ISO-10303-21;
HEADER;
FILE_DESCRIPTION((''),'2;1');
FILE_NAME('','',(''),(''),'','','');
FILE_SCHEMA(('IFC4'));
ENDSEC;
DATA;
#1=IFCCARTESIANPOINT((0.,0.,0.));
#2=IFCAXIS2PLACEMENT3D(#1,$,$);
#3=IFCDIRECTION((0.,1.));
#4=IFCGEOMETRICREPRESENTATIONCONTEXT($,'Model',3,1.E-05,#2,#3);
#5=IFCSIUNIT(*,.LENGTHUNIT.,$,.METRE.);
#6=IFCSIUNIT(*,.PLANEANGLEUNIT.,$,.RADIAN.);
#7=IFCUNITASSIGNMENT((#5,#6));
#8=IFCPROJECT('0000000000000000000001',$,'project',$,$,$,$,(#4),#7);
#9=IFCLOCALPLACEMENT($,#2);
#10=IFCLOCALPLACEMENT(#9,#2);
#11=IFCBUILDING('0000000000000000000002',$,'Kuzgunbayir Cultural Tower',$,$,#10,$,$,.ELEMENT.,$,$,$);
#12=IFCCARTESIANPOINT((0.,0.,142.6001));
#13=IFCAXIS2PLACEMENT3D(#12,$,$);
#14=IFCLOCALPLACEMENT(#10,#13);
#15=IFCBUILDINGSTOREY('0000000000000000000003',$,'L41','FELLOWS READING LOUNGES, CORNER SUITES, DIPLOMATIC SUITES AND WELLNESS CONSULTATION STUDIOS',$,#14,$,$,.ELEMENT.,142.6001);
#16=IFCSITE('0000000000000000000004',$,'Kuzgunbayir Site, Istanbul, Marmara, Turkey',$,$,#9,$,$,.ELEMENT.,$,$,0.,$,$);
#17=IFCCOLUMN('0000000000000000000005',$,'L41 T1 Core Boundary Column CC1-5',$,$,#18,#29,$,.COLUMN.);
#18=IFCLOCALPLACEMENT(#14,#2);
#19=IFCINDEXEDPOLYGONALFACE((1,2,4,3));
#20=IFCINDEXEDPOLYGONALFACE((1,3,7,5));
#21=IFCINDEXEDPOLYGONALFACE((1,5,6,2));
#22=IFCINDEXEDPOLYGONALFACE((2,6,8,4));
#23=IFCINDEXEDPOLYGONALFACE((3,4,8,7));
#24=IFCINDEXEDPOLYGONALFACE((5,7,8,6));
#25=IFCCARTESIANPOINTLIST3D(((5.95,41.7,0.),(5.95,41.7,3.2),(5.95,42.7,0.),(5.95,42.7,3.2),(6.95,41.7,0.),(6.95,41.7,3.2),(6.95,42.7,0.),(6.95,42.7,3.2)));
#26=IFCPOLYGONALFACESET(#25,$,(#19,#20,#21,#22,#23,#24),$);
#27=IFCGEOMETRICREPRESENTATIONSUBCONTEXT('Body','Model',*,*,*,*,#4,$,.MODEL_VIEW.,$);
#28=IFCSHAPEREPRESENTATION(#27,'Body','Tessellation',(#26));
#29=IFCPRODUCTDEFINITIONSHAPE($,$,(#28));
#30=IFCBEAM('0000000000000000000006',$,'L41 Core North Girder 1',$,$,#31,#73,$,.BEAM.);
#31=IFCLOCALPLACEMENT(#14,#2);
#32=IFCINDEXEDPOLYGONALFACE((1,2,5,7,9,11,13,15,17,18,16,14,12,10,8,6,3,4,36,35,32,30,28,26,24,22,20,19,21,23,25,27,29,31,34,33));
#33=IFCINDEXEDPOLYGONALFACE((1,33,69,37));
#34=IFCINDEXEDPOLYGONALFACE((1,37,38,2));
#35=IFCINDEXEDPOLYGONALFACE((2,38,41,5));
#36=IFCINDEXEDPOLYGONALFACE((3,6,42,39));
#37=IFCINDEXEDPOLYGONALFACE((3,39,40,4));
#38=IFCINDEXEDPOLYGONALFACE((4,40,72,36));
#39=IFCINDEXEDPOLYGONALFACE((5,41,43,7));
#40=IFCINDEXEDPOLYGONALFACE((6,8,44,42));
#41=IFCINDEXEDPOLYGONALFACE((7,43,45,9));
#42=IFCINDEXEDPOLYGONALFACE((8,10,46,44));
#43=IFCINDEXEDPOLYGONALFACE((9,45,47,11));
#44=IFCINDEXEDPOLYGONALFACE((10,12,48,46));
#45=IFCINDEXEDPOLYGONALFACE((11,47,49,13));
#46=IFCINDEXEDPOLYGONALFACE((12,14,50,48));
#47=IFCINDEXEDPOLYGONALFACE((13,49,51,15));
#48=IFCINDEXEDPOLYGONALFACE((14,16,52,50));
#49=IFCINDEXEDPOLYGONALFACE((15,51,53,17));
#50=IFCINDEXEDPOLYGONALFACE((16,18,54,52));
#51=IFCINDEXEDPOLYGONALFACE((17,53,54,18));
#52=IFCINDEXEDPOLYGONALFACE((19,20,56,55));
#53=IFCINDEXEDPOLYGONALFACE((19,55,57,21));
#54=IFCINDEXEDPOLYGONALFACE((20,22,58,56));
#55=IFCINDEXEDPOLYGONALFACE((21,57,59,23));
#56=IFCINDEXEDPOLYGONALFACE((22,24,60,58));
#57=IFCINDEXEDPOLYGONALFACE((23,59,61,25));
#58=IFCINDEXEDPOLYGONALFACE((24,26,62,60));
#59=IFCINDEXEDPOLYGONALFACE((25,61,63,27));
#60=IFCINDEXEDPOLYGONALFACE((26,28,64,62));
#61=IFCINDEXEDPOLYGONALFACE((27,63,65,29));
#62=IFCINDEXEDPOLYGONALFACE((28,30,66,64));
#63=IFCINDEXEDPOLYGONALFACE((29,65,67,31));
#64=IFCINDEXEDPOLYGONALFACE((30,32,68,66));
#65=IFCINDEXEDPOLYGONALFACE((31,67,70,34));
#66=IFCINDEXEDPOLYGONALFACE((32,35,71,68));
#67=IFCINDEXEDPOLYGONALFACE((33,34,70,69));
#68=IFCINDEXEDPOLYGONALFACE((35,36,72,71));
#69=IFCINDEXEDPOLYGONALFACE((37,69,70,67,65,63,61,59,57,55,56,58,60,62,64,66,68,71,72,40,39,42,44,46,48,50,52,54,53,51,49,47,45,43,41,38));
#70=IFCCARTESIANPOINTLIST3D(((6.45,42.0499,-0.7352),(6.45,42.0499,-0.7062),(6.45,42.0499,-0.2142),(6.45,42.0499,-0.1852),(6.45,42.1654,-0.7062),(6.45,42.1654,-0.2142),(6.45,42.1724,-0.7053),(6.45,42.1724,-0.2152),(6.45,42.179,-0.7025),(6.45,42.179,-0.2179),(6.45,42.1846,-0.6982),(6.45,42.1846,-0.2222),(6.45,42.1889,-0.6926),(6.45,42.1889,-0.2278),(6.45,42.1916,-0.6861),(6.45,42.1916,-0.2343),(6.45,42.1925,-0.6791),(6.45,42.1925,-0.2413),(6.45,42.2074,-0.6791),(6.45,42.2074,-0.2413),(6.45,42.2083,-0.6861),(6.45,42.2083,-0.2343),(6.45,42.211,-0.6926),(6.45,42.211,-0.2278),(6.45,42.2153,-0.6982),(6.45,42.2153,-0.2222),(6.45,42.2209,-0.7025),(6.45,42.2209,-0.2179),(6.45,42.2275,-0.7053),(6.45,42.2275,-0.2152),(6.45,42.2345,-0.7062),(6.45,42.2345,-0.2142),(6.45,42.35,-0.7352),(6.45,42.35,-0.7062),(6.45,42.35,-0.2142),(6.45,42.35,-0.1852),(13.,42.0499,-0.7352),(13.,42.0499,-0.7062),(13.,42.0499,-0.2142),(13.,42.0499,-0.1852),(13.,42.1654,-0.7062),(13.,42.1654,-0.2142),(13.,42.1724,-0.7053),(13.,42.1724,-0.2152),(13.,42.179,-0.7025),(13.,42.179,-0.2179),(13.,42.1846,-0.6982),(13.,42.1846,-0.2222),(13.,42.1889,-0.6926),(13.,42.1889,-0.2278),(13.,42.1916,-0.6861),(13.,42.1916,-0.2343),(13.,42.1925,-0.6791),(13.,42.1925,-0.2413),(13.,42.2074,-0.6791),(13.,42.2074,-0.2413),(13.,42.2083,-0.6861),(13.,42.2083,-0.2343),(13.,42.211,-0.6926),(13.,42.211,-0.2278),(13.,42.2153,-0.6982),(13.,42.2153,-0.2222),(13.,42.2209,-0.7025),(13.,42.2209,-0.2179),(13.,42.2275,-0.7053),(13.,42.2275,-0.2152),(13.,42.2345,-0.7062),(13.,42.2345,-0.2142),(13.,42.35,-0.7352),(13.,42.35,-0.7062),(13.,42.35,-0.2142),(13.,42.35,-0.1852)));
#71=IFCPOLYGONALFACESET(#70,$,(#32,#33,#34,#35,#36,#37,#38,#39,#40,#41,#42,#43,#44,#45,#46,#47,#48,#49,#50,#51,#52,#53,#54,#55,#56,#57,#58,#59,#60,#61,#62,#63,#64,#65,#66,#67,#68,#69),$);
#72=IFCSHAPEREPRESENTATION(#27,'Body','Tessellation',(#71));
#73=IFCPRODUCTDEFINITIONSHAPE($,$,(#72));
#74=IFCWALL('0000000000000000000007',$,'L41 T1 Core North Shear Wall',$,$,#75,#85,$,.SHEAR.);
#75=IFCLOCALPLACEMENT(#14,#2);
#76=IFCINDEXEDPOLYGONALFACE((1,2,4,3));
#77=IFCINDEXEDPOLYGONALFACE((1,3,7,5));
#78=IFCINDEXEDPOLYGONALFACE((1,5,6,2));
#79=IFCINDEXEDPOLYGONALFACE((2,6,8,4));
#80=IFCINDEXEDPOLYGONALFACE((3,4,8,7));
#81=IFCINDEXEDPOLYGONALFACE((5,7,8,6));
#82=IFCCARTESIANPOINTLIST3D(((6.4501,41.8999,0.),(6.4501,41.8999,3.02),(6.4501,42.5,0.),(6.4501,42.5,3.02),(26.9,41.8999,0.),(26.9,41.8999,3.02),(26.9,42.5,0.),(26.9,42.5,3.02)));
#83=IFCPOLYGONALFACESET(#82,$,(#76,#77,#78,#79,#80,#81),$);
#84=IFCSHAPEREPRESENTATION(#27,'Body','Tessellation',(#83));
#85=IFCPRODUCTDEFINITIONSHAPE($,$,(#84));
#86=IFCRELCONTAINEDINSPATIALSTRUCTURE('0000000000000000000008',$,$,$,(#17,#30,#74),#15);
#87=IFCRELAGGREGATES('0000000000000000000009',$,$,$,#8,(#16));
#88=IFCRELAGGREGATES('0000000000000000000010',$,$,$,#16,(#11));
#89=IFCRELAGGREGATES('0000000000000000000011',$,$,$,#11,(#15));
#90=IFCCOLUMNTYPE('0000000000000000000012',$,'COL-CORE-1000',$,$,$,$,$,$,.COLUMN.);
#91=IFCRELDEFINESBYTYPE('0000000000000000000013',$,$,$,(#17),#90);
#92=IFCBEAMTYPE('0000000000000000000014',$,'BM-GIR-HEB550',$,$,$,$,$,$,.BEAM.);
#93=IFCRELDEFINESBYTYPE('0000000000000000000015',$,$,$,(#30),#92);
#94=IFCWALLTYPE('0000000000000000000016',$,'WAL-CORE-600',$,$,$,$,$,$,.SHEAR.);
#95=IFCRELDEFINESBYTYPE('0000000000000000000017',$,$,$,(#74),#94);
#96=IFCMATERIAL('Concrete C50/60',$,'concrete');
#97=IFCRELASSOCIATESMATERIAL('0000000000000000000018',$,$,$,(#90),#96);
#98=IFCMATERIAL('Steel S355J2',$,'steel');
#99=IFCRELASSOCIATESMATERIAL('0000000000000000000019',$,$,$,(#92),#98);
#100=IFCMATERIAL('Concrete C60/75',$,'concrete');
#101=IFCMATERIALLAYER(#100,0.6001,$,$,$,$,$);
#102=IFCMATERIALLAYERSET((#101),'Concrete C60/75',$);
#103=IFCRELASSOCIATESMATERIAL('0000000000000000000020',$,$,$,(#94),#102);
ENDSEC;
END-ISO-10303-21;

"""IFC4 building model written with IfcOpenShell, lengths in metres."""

from ifc_helpers import new_model, si_unit, direction, frame, frame_2d, origin, origin_2d, place, context, subcontext, project, spatial, rectangle, i_section, extrude, material, layer, layer_set, material_profile, profile_set, type_object, element, save


model = new_model("IFC4")

# Units and contexts
model_context = context("Model", 3, precision=1e-05, world=origin(), true_north=direction((0.0, 1.0)))
body_context = subcontext(model_context, "Body", "Model", "MODEL_VIEW")
ifc_project = project(units=[si_unit("LENGTHUNIT", "METRE"), si_unit("PLANEANGLEUNIT", "RADIAN")], contexts=[model_context])

# Site, building, storey
site_placement = place(None, origin())
site = spatial("IfcSite", under=ifc_project, at=site_placement, Name="Kuzgunbayir Site, Istanbul, Marmara, Turkey", CompositionType="ELEMENT", RefElevation=0.0)
building_placement = place(site_placement, origin())
building = spatial("IfcBuilding", under=site, at=building_placement, Name="Kuzgunbayir Cultural Tower", CompositionType="ELEMENT")
storey_placement = place(building_placement, frame((0.0, 0.0, 142.6001)))
storey = spatial("IfcBuildingStorey", under=building, at=storey_placement, Name="L41", Description="FELLOWS READING LOUNGES, CORNER SUITES, DIPLOMATIC SUITES AND WELLNESS CONSULTATION STUDIOS", CompositionType="ELEMENT", Elevation=142.6001)

# Column
ifc_material_1 = material(Name="Concrete C50/60", Category="concrete")
ifc_material_profile_1 = material_profile(ifc_material_1, rectangle(XDim=1.0, YDim=1.0, at=origin_2d()), Name="RC 1000x1000")
ifc_profile_set_1 = profile_set([ifc_material_profile_1], Name="Concrete C50/60")
column_type = type_object("IfcColumnType", Name="COL-CORE-1000", PredefinedType="COLUMN", material=ifc_profile_set_1)
column_placement = place(storey_placement, frame((6.45, 42.2, 0.0), z_axis=(0.0, 0.0, 1.0), x_axis=(1.0, 0.0, 0.0)))
element("IfcColumn", 1, at=column_placement, inside=storey, type_object=column_type, Name="L41 T1 Core Boundary Column CC1-5", PredefinedType="COLUMN", context=body_context, shape_type="SweptSolid", body=[
    extrude(rectangle(XDim=1.0, YDim=1.0, at=origin_2d()), origin(), (0.0, 0.0, 1.0), 3.2),
])

# Beam
ifc_material_2 = material(Name="Steel S355J2", Category="steel")
ifc_material_profile_2 = material_profile(ifc_material_2, i_section(OverallWidth=0.3, OverallDepth=0.55, WebThickness=0.0149, FlangeThickness=0.0291, FilletRadius=0.0271, at=origin_2d()), Name="HEB 550")
ifc_profile_set_2 = profile_set([ifc_material_profile_2], Name="Steel S355J2")
beam_type = type_object("IfcBeamType", Name="BM-GIR-HEB550", PredefinedType="BEAM", material=ifc_profile_set_2)
beam_placement = place(storey_placement, frame((6.45, 42.2, -0.4602), z_axis=(1.0, 0.0, 0.0), x_axis=(0.0, 1.0, 0.0)))
element("IfcBeam", 2, at=beam_placement, inside=storey, type_object=beam_type, Name="L41 Core North Girder 1", PredefinedType="BEAM", context=body_context, shape_type="SweptSolid", body=[
    extrude(i_section(OverallWidth=0.3, OverallDepth=0.55, WebThickness=0.0149, FlangeThickness=0.0291, FilletRadius=0.0271, at=origin_2d()), origin(), (0.0, 0.0, 1.0), 6.55),
])

# Wall
ifc_material_3 = material(Name="Concrete C60/75", Category="concrete")
ifc_layer_1 = layer(ifc_material_3, 0.6001)
ifc_layer_set_1 = layer_set([ifc_layer_1], Name="Concrete C60/75")
wall_type_1 = type_object("IfcWallType", Name="WAL-CORE-600", PredefinedType="SHEAR", material=ifc_layer_set_1)
wall_1_placement = place(storey_placement, frame((6.45, 42.2, 0.0), z_axis=(0.0, 0.0, 1.0), x_axis=(1.0, 0.0, 0.0)))
element("IfcWall", 3, at=wall_1_placement, inside=storey, type_object=wall_type_1, Name="L41 T1 Core North Shear Wall", PredefinedType="SHEAR", context=body_context, shape_type="SweptSolid", body=[
    extrude(rectangle(XDim=20.45, YDim=0.6001, at=frame_2d((10.2251, 0.0))), origin(), (0.0, 0.0, 1.0), 3.02),
])

save(model, "model.ifc")
